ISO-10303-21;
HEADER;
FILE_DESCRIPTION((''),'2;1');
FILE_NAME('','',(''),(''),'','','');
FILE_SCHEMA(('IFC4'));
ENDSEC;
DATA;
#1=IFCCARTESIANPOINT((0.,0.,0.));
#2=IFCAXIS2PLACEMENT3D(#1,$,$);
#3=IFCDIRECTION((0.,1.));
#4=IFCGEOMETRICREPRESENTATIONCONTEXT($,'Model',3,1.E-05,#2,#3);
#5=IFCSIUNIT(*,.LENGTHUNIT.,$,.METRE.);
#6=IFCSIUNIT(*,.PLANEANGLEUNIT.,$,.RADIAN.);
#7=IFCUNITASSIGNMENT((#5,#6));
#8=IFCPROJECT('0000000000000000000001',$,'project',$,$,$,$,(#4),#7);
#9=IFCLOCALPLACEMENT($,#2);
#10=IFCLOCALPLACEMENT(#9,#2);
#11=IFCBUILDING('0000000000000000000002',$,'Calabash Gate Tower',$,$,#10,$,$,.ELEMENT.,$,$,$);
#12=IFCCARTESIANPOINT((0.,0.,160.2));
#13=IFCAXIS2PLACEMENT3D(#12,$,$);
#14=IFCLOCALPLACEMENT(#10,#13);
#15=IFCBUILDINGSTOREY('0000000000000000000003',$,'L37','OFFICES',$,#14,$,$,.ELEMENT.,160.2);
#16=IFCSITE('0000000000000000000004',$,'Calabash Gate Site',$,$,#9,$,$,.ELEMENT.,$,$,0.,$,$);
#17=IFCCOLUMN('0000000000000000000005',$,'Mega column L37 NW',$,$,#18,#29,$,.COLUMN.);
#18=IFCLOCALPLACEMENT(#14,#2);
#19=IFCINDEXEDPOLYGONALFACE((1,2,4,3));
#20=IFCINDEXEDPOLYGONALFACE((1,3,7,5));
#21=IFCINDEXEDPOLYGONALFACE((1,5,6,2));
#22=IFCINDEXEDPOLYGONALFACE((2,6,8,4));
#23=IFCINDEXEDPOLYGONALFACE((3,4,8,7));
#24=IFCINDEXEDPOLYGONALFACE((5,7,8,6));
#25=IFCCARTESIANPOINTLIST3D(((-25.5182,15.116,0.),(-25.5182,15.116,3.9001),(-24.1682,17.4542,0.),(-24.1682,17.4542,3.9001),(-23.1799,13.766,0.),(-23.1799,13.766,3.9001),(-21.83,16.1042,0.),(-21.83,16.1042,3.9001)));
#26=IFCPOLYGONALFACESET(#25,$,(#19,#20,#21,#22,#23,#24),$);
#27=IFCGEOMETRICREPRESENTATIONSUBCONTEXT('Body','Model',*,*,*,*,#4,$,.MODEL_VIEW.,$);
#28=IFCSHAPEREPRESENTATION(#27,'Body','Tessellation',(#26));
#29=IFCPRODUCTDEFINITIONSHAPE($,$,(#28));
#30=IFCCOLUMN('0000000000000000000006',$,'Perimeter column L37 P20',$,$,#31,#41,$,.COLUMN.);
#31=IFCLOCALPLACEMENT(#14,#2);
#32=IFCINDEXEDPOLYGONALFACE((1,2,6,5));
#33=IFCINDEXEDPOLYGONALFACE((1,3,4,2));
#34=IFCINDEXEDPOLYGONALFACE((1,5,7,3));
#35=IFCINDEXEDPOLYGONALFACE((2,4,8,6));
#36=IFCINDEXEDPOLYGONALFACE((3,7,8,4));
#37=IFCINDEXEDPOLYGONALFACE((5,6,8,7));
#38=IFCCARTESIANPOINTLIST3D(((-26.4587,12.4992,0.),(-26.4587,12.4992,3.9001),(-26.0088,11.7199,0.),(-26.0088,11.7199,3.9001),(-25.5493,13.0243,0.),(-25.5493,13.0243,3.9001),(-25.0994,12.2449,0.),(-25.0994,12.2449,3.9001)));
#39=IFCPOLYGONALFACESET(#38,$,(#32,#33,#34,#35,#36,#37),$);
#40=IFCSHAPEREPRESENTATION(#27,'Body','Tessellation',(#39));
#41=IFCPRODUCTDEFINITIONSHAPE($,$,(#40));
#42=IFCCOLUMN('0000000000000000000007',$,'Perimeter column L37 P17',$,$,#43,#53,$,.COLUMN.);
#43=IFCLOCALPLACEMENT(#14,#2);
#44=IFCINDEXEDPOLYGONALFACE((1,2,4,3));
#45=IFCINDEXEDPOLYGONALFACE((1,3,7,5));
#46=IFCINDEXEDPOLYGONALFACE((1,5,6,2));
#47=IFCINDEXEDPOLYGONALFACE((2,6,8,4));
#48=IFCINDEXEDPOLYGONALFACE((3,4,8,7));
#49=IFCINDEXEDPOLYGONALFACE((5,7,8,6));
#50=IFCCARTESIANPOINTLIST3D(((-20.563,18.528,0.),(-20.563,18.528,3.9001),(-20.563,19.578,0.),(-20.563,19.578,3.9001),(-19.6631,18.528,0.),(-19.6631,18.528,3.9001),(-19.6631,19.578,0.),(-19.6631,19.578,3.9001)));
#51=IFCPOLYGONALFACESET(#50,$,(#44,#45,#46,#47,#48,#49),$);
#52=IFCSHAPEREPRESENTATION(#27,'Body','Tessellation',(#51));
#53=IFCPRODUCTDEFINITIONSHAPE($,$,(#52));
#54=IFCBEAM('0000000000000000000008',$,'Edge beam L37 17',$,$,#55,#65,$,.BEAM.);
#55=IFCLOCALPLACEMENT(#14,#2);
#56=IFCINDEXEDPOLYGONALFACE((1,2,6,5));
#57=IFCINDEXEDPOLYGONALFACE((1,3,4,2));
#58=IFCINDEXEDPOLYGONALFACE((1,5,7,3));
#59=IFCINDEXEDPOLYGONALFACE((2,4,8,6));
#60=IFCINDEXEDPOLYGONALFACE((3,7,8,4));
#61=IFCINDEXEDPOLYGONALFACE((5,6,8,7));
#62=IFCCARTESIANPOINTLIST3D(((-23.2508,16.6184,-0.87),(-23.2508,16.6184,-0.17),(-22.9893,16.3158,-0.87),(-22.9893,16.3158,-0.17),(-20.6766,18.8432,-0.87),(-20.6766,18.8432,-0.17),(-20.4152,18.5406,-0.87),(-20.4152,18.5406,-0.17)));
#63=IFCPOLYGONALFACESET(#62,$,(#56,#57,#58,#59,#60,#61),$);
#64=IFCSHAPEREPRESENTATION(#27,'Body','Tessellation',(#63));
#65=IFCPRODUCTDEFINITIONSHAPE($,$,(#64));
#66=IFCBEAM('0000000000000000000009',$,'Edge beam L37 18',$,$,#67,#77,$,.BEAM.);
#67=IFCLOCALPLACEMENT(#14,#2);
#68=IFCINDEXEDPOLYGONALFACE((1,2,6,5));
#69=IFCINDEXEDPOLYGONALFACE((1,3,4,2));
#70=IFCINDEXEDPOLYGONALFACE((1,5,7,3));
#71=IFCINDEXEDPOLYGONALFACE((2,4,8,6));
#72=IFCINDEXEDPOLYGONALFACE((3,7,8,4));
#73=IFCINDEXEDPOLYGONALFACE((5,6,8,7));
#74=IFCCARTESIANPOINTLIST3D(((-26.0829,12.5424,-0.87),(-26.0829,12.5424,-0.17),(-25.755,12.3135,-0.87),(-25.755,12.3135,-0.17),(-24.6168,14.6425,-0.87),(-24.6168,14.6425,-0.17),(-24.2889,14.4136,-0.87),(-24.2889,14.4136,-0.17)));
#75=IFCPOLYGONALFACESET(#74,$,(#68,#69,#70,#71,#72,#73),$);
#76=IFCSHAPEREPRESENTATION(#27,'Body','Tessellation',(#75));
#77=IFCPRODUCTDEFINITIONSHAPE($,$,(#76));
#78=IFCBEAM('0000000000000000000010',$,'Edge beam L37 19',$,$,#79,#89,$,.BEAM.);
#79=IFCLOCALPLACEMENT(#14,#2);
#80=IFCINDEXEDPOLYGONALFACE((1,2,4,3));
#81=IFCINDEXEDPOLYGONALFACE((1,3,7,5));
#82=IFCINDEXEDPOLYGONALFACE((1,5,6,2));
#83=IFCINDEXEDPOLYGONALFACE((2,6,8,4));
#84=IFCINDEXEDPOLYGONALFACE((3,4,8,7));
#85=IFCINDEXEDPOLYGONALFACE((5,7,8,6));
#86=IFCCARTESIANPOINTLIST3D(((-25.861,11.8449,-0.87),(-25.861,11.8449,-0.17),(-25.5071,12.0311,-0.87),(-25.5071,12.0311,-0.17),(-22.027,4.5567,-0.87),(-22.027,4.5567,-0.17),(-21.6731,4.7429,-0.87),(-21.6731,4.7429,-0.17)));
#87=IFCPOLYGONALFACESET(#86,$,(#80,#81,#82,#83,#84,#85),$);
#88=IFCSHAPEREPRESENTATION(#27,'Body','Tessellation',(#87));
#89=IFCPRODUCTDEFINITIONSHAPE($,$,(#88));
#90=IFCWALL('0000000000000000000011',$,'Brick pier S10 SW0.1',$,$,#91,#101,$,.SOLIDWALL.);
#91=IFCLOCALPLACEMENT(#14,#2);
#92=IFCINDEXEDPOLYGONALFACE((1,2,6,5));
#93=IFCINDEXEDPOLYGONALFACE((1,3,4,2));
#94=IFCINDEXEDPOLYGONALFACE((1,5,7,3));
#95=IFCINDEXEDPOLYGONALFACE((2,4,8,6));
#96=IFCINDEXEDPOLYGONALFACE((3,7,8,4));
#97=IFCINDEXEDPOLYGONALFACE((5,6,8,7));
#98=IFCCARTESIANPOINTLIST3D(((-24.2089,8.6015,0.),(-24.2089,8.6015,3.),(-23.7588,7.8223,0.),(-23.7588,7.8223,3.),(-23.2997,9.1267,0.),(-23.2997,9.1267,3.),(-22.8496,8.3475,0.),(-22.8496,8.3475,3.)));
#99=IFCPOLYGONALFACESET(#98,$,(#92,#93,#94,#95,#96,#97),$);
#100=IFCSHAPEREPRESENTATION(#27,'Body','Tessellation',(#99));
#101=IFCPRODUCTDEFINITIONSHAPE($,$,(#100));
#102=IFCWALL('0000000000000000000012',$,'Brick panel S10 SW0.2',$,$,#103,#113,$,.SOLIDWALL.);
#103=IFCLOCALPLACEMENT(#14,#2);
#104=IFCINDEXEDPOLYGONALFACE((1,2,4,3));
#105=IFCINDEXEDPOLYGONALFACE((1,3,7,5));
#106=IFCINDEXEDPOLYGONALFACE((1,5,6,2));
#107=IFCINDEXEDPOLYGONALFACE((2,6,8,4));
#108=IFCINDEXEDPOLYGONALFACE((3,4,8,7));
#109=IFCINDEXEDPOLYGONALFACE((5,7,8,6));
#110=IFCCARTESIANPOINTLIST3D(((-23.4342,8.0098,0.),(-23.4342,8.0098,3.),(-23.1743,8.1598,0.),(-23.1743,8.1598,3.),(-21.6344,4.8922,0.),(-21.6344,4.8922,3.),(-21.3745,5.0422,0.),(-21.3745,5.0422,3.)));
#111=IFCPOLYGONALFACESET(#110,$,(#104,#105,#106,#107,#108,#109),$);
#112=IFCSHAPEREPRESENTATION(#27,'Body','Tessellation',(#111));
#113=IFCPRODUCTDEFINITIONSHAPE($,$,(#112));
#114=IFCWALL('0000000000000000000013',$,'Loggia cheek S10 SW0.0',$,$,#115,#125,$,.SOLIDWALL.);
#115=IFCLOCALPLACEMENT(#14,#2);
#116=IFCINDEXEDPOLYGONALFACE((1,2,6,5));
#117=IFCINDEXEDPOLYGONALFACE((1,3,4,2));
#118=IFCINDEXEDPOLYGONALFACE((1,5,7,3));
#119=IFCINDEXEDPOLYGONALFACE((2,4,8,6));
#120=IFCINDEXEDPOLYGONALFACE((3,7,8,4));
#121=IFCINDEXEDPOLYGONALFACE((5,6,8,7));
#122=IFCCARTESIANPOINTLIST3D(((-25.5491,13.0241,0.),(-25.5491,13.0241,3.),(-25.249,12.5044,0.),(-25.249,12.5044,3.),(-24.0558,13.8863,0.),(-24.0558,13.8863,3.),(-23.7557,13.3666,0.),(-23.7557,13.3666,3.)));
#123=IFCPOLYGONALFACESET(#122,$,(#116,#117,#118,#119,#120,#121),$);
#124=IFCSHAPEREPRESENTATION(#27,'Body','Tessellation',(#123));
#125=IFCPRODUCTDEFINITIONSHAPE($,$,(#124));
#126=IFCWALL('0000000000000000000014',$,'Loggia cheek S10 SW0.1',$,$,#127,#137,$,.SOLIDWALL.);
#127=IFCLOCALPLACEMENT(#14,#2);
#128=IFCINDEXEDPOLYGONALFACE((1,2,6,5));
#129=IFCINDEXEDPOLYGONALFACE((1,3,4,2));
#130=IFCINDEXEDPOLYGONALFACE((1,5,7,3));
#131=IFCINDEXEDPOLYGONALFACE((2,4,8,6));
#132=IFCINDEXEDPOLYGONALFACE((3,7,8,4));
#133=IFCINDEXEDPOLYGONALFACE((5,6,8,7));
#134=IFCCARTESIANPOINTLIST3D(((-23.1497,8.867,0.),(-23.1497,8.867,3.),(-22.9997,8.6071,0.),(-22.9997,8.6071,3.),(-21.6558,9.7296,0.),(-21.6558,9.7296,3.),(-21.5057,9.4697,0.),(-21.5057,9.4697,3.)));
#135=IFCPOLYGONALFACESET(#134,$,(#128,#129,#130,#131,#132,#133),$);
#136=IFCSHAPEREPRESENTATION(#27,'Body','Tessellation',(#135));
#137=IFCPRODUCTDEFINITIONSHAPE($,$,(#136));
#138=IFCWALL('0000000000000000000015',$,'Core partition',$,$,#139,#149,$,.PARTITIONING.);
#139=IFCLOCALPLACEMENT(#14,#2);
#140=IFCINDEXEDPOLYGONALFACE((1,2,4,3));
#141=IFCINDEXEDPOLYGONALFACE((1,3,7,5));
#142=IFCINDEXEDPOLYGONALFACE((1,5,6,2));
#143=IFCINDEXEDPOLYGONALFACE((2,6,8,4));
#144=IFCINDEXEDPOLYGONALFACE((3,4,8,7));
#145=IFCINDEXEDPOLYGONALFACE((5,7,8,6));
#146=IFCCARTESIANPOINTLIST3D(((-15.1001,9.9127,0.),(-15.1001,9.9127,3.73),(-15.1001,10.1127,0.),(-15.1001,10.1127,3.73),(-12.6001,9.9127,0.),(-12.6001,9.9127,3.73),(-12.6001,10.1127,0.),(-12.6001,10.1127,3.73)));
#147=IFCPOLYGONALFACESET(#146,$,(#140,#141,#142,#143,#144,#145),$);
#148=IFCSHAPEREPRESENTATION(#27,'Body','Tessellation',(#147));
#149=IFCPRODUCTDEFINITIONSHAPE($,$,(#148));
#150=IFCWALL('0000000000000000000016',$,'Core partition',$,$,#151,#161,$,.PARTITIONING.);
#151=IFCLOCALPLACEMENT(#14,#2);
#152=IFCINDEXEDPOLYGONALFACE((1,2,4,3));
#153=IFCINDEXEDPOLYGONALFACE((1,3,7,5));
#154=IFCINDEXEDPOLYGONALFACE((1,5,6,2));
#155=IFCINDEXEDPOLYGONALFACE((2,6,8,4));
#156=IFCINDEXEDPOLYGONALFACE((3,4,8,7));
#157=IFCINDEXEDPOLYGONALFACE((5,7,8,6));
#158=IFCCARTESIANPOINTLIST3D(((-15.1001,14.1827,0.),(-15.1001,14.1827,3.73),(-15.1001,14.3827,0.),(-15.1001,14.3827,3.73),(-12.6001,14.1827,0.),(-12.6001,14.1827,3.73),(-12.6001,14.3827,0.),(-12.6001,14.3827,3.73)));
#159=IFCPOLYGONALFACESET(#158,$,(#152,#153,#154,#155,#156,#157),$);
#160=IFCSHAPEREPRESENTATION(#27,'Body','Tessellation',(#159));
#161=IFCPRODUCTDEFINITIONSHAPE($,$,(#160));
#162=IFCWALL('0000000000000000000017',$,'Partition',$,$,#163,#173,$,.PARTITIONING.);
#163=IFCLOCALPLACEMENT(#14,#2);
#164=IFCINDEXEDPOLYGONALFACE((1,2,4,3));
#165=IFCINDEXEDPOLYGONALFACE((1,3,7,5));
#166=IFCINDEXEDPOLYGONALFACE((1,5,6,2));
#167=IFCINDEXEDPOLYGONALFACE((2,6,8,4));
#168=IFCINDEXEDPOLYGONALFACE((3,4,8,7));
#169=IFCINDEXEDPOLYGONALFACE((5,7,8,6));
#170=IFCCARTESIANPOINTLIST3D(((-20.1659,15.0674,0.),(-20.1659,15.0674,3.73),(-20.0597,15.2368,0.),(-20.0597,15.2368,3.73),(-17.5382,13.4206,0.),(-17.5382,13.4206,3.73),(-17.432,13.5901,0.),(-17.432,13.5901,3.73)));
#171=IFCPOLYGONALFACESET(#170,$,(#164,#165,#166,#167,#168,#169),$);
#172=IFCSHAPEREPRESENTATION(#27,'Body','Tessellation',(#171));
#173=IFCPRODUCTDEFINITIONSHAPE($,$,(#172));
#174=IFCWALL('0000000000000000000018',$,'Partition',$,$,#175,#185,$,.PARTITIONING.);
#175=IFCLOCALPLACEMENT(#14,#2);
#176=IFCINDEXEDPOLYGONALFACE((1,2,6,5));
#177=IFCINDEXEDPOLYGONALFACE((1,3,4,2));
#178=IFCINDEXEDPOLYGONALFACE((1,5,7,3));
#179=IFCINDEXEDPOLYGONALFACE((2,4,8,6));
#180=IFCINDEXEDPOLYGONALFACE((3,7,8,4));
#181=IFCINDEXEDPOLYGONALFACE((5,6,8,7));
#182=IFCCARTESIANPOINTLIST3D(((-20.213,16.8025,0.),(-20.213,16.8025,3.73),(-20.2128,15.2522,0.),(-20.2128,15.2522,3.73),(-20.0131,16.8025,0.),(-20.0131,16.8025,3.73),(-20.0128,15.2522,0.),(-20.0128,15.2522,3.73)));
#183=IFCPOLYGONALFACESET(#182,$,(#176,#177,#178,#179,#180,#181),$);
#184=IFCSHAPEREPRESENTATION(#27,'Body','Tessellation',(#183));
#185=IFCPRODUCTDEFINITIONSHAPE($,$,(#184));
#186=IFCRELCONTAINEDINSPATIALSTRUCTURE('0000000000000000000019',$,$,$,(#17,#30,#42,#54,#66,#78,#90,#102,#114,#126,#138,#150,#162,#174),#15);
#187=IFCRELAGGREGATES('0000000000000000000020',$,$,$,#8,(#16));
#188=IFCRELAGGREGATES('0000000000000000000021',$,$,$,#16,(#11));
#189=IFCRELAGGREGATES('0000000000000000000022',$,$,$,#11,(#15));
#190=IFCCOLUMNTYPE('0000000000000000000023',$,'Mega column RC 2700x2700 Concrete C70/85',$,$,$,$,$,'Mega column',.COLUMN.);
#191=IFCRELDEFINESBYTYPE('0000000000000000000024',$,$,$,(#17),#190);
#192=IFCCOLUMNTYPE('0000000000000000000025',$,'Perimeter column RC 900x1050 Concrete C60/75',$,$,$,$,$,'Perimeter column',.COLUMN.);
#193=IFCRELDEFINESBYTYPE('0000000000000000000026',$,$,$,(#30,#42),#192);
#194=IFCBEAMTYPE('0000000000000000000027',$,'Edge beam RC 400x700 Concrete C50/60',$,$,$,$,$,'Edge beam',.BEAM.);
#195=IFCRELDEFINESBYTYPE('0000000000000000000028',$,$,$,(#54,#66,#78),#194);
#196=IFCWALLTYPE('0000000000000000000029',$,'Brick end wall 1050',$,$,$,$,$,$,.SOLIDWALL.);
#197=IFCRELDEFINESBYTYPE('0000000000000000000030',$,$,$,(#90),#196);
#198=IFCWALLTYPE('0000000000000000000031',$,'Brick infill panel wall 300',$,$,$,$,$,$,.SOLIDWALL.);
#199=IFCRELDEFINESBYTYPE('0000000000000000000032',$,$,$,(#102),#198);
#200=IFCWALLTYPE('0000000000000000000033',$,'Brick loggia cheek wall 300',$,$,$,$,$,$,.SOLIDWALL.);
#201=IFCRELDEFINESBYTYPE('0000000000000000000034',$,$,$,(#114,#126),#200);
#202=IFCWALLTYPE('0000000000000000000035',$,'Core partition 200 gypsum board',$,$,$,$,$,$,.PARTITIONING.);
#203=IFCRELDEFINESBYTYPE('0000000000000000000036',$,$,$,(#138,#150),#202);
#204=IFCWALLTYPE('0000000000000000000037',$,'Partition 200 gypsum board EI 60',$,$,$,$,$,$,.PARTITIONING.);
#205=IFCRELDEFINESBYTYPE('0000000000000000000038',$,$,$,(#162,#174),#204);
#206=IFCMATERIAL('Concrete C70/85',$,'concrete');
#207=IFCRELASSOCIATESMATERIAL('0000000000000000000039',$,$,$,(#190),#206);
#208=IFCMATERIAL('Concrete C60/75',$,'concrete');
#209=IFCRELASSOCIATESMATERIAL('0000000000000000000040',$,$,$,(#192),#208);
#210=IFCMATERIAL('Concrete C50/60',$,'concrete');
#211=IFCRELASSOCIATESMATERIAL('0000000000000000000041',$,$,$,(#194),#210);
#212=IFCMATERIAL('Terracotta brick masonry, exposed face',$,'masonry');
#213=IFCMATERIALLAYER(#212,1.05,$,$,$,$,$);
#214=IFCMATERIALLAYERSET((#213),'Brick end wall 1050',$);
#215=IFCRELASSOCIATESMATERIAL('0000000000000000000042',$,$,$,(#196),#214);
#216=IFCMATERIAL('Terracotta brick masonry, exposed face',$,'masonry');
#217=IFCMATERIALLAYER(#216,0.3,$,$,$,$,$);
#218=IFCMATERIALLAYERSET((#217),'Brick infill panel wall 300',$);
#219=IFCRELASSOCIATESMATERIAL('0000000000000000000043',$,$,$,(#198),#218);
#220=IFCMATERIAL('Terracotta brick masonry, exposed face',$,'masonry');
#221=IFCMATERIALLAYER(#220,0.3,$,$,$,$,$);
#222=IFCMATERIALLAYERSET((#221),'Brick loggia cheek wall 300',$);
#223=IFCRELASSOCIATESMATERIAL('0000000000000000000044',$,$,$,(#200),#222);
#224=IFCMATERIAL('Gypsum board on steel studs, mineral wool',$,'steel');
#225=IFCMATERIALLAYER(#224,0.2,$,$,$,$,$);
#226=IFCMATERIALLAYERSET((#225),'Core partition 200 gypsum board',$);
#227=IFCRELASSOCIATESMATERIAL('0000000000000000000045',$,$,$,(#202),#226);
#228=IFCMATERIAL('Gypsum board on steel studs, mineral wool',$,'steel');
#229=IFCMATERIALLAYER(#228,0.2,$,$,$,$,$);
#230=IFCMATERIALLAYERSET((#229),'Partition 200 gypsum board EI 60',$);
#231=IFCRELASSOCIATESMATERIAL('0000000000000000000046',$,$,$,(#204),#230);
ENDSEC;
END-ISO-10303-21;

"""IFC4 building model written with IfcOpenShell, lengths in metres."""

from ifc_helpers import new_model, si_unit, direction, frame, frame_2d, origin, origin_2d, place, context, subcontext, project, spatial, rectangle, extrude, material, layer, layer_set, material_profile, profile_set, type_object, element, save


model = new_model("IFC4")

# Units and contexts
model_context = context("Model", 3, precision=1e-05, world=origin(), true_north=direction((0.0, 1.0)))
body_context = subcontext(model_context, "Body", "Model", "MODEL_VIEW")
ifc_project = project(units=[si_unit("LENGTHUNIT", "METRE"), si_unit("PLANEANGLEUNIT", "RADIAN")], contexts=[model_context])

# Site, building, storey
site_placement = place(None, origin())
site = spatial("IfcSite", under=ifc_project, at=site_placement, Name="Calabash Gate Site", CompositionType="ELEMENT", RefElevation=0.0)
building_placement = place(site_placement, origin())
building = spatial("IfcBuilding", under=site, at=building_placement, Name="Calabash Gate Tower", CompositionType="ELEMENT")
storey_placement = place(building_placement, frame((0.0, 0.0, 160.2)))
storey = spatial("IfcBuildingStorey", under=building, at=storey_placement, Name="L37", Description="OFFICES", CompositionType="ELEMENT", Elevation=160.2)

# Columns
ifc_material_1 = material(Name="Concrete C70/85", Category="concrete")
ifc_material_profile_1 = material_profile(ifc_material_1, rectangle(XDim=2.7, YDim=2.7, at=origin_2d()))
ifc_profile_set_1 = profile_set([ifc_material_profile_1], Name="Concrete C70/85")
column_type_1 = type_object("IfcColumnType", Name="Mega column RC 2700x2700 Concrete C70/85", ElementType="Mega column", PredefinedType="COLUMN", material=ifc_profile_set_1)
column_placement = place(storey_placement, frame((-23.6741, 15.6101, 0.0), z_axis=(0.0, 0.0, 1.0), x_axis=(0.866025, -0.5, 0.0)))
element("IfcColumn", 1, at=column_placement, inside=storey, type_object=column_type_1, Name="Mega column L37 NW", PredefinedType="COLUMN", context=body_context, shape_type="SweptSolid", body=[
    extrude(rectangle(XDim=2.7, YDim=2.7, at=origin_2d()), origin(), (0.0, 0.0, 1.0), 3.9001),
])
ifc_material_2 = material(Name="Concrete C60/75", Category="concrete")
ifc_material_profile_2 = material_profile(ifc_material_2, rectangle(XDim=0.8999, YDim=1.05, at=origin_2d()))
ifc_profile_set_2 = profile_set([ifc_material_profile_2], Name="Concrete C60/75")
column_type_2 = type_object("IfcColumnType", Name="Perimeter column RC 900x1050 Concrete C60/75", ElementType="Perimeter column", PredefinedType="COLUMN", material=ifc_profile_set_2)
for number, where, z_axis, x_axis, name in (
    (2, (-25.7791, 12.3721, 0.0), (0.0, 0.0, 1.0), (0.5, -0.866025, 0.0), "Perimeter column L37 P20"),
    (3, (-20.113, 19.053, 0.0), (0.0, 0.0, 1.0), (-1.0, 0.0, 0.0), "Perimeter column L37 P17"),
):
    element("IfcColumn", number, at=place(storey_placement, frame(where, z_axis=z_axis, x_axis=x_axis)), inside=storey, type_object=column_type_2, Name=name, PredefinedType="COLUMN", context=body_context, shape_type="SweptSolid", body=[
        extrude(rectangle(XDim=0.8999, YDim=1.05, at=origin_2d()), origin(), (0.0, 0.0, 1.0), 3.9001),
    ])

# Beams
ifc_material_3 = material(Name="Concrete C50/60", Category="concrete")
ifc_material_profile_3 = material_profile(ifc_material_3, rectangle(XDim=0.3999, YDim=0.7, at=origin_2d()))
ifc_profile_set_3 = profile_set([ifc_material_profile_3], Name="Concrete C50/60")
beam_type = type_object("IfcBeamType", Name="Edge beam RC 400x700 Concrete C50/60", ElementType="Edge beam", PredefinedType="BEAM", material=ifc_profile_set_3)
beam_1_placement = place(storey_placement, frame((-20.5459, 18.6919, -0.52), z_axis=(-0.756581, -0.6539, 0.0), x_axis=(0.6539, -0.756581, 0.0)))
element("IfcBeam", 4, at=beam_1_placement, inside=storey, type_object=beam_type, Name="Edge beam L37 17", PredefinedType="BEAM", context=body_context, shape_type="SweptSolid", body=[
    extrude(rectangle(XDim=0.3999, YDim=0.7, at=origin_2d()), origin(), (0.0, 0.0, 1.0), 3.4023),
])
beam_2_placement = place(storey_placement, frame((-24.4529, 14.5281, -0.52), z_axis=(-0.572413, -0.819966, 0.0), x_axis=(0.819966, -0.572413, 0.0)))
element("IfcBeam", 5, at=beam_2_placement, inside=storey, type_object=beam_type, Name="Edge beam L37 18", PredefinedType="BEAM", context=body_context, shape_type="SweptSolid", body=[
    extrude(rectangle(XDim=0.3999, YDim=0.7, at=origin_2d()), origin(), (0.0, 0.0, 1.0), 2.5613),
])
beam_3_placement = place(storey_placement, frame((-25.6841, 11.938, -0.52), z_axis=(0.46557, -0.885011, 0.0), x_axis=(0.885011, 0.46557, 0.0)))
element("IfcBeam", 6, at=beam_3_placement, inside=storey, type_object=beam_type, Name="Edge beam L37 19", PredefinedType="BEAM", context=body_context, shape_type="SweptSolid", body=[
    extrude(rectangle(XDim=0.3999, YDim=0.7, at=origin_2d()), origin(), (0.0, 0.0, 1.0), 8.2351),
])

# Walls
ifc_material_4 = material(Name="Terracotta brick masonry, exposed face", Category="masonry")
ifc_layer_1 = layer(ifc_material_4, 1.05)
ifc_layer_set_1 = layer_set([ifc_layer_1], Name="Brick end wall 1050")
wall_type_1 = type_object("IfcWallType", Name="Brick end wall 1050", PredefinedType="SOLIDWALL", material=ifc_layer_set_1)
wall_1_placement = place(storey_placement, frame((-23.0747, 8.7371, 0.0), z_axis=(0.0, 0.0, 1.0), x_axis=(-0.86593, -0.500165, 0.0)))
element("IfcWall", 7, at=wall_1_placement, inside=storey, type_object=wall_type_1, Name="Brick pier S10 SW0.1", PredefinedType="SOLIDWALL", context=body_context, shape_type="SweptSolid", body=[
    extrude(rectangle(XDim=1.05, YDim=0.8999, at=frame_2d((0.5249, 0.0))), origin(), (0.0, 0.0, 1.0), 3.0),
])
ifc_material_5 = material(Name="Terracotta brick masonry, exposed face", Category="masonry")
ifc_layer_2 = layer(ifc_material_5, 0.3)
ifc_layer_set_2 = layer_set([ifc_layer_2], Name="Brick infill panel wall 300")
wall_type_2 = type_object("IfcWallType", Name="Brick infill panel wall 300", PredefinedType="SOLIDWALL", material=ifc_layer_set_2)
wall_2_placement = place(storey_placement, frame((-23.3042, 8.0847, 0.0), z_axis=(0.0, 0.0, 1.0), x_axis=(0.499961, -0.866048, 0.0)))
element("IfcWall", 8, at=wall_2_placement, inside=storey, type_object=wall_type_2, Name="Brick panel S10 SW0.2", PredefinedType="SOLIDWALL", context=body_context, shape_type="SweptSolid", body=[
    extrude(rectangle(XDim=3.5999, YDim=0.3, at=frame_2d((1.7998, 0.0))), origin(), (0.0, 0.0, 1.0), 3.0),
])
ifc_material_6 = material(Name="Terracotta brick masonry, exposed face", Category="masonry")
ifc_layer_3 = layer(ifc_material_6, 0.3)
ifc_layer_set_3 = layer_set([ifc_layer_3], Name="Brick loggia cheek wall 300")
wall_type_3 = type_object("IfcWallType", Name="Brick loggia cheek wall 300", PredefinedType="SOLIDWALL", material=ifc_layer_set_3)
wall_3_placement = place(storey_placement, frame((-25.3992, 12.7642, 0.0), z_axis=(0.0, 0.0, 1.0), x_axis=(0.866004, 0.500037, 0.0)))
element("IfcWall", 9, at=wall_3_placement, inside=storey, type_object=wall_type_3, Name="Loggia cheek S10 SW0.0", PredefinedType="SOLIDWALL", context=body_context, shape_type="SweptSolid", body=[
    extrude(rectangle(XDim=1.7244, YDim=0.6001, at=frame_2d((0.8623, 0.0))), origin(), (0.0, 0.0, 1.0), 3.0),
])
wall_4_placement = place(storey_placement, frame((-23.0747, 8.7371, 0.0), z_axis=(0.0, 0.0, 1.0), x_axis=(0.866014, 0.500021, 0.0)))
element("IfcWall", 10, at=wall_4_placement, inside=storey, type_object=wall_type_3, Name="Loggia cheek S10 SW0.1", PredefinedType="SOLIDWALL", context=body_context, shape_type="SweptSolid", body=[
    extrude(rectangle(XDim=1.7251, YDim=0.3, at=frame_2d((0.8625, 0.0))), origin(), (0.0, 0.0, 1.0), 3.0),
])
ifc_material_7 = material(Name="Gypsum board on steel studs, mineral wool", Category="steel")
ifc_layer_4 = layer(ifc_material_7, 0.2)
ifc_layer_set_4 = layer_set([ifc_layer_4], Name="Core partition 200 gypsum board")
wall_type_4 = type_object("IfcWallType", Name="Core partition 200 gypsum board", PredefinedType="PARTITIONING", material=ifc_layer_set_4)
for number, where, z_axis, x_axis, name in (
    (11, (-15.1001, 10.0127, 0.0), (0.0, 0.0, 1.0), (1.0, 0.0, 0.0), "Core partition"),
    (12, (-15.1001, 14.2827, 0.0), (0.0, 0.0, 1.0), (1.0, 0.0, 0.0), "Core partition"),
):
    element("IfcWall", number, at=place(storey_placement, frame(where, z_axis=z_axis, x_axis=x_axis)), inside=storey, type_object=wall_type_4, Name=name, PredefinedType="PARTITIONING", context=body_context, shape_type="SweptSolid", body=[
        extrude(rectangle(XDim=2.5, YDim=0.2, at=frame_2d((1.25, 0.0))), origin(), (0.0, 0.0, 1.0), 3.73),
    ])
ifc_material_8 = material(Name="Gypsum board on steel studs, mineral wool", Category="steel")
ifc_layer_5 = layer(ifc_material_8, 0.2)
ifc_layer_set_5 = layer_set([ifc_layer_5], Name="Partition 200 gypsum board EI 60")
wall_type_5 = type_object("IfcWallType", Name="Partition 200 gypsum board EI 60", PredefinedType="PARTITIONING", material=ifc_layer_set_5)
wall_5_placement = place(storey_placement, frame((-20.1128, 15.1521, 0.0), z_axis=(0.0, 0.0, 1.0), x_axis=(0.847356, -0.531025, 0.0)))
element("IfcWall", 13, at=wall_5_placement, inside=storey, type_object=wall_type_5, Name="Partition", PredefinedType="PARTITIONING", context=body_context, shape_type="SweptSolid", body=[
    extrude(rectangle(XDim=3.1011, YDim=0.2, at=frame_2d((1.5505, 0.0))), origin(), (0.0, 0.0, 1.0), 3.73),
])
wall_6_placement = place(storey_placement, frame((-20.113, 16.8025, 0.0), z_axis=(0.0, 0.0, 1.0), x_axis=(0.000157, -1.0, 0.0)))
element("IfcWall", 14, at=wall_6_placement, inside=storey, type_object=wall_type_5, Name="Partition", PredefinedType="PARTITIONING", context=body_context, shape_type="SweptSolid", body=[
    extrude(rectangle(XDim=1.5503, YDim=0.2, at=frame_2d((0.7751, 0.0))), origin(), (0.0, 0.0, 1.0), 3.73),
])

save(model, "model.ifc")
